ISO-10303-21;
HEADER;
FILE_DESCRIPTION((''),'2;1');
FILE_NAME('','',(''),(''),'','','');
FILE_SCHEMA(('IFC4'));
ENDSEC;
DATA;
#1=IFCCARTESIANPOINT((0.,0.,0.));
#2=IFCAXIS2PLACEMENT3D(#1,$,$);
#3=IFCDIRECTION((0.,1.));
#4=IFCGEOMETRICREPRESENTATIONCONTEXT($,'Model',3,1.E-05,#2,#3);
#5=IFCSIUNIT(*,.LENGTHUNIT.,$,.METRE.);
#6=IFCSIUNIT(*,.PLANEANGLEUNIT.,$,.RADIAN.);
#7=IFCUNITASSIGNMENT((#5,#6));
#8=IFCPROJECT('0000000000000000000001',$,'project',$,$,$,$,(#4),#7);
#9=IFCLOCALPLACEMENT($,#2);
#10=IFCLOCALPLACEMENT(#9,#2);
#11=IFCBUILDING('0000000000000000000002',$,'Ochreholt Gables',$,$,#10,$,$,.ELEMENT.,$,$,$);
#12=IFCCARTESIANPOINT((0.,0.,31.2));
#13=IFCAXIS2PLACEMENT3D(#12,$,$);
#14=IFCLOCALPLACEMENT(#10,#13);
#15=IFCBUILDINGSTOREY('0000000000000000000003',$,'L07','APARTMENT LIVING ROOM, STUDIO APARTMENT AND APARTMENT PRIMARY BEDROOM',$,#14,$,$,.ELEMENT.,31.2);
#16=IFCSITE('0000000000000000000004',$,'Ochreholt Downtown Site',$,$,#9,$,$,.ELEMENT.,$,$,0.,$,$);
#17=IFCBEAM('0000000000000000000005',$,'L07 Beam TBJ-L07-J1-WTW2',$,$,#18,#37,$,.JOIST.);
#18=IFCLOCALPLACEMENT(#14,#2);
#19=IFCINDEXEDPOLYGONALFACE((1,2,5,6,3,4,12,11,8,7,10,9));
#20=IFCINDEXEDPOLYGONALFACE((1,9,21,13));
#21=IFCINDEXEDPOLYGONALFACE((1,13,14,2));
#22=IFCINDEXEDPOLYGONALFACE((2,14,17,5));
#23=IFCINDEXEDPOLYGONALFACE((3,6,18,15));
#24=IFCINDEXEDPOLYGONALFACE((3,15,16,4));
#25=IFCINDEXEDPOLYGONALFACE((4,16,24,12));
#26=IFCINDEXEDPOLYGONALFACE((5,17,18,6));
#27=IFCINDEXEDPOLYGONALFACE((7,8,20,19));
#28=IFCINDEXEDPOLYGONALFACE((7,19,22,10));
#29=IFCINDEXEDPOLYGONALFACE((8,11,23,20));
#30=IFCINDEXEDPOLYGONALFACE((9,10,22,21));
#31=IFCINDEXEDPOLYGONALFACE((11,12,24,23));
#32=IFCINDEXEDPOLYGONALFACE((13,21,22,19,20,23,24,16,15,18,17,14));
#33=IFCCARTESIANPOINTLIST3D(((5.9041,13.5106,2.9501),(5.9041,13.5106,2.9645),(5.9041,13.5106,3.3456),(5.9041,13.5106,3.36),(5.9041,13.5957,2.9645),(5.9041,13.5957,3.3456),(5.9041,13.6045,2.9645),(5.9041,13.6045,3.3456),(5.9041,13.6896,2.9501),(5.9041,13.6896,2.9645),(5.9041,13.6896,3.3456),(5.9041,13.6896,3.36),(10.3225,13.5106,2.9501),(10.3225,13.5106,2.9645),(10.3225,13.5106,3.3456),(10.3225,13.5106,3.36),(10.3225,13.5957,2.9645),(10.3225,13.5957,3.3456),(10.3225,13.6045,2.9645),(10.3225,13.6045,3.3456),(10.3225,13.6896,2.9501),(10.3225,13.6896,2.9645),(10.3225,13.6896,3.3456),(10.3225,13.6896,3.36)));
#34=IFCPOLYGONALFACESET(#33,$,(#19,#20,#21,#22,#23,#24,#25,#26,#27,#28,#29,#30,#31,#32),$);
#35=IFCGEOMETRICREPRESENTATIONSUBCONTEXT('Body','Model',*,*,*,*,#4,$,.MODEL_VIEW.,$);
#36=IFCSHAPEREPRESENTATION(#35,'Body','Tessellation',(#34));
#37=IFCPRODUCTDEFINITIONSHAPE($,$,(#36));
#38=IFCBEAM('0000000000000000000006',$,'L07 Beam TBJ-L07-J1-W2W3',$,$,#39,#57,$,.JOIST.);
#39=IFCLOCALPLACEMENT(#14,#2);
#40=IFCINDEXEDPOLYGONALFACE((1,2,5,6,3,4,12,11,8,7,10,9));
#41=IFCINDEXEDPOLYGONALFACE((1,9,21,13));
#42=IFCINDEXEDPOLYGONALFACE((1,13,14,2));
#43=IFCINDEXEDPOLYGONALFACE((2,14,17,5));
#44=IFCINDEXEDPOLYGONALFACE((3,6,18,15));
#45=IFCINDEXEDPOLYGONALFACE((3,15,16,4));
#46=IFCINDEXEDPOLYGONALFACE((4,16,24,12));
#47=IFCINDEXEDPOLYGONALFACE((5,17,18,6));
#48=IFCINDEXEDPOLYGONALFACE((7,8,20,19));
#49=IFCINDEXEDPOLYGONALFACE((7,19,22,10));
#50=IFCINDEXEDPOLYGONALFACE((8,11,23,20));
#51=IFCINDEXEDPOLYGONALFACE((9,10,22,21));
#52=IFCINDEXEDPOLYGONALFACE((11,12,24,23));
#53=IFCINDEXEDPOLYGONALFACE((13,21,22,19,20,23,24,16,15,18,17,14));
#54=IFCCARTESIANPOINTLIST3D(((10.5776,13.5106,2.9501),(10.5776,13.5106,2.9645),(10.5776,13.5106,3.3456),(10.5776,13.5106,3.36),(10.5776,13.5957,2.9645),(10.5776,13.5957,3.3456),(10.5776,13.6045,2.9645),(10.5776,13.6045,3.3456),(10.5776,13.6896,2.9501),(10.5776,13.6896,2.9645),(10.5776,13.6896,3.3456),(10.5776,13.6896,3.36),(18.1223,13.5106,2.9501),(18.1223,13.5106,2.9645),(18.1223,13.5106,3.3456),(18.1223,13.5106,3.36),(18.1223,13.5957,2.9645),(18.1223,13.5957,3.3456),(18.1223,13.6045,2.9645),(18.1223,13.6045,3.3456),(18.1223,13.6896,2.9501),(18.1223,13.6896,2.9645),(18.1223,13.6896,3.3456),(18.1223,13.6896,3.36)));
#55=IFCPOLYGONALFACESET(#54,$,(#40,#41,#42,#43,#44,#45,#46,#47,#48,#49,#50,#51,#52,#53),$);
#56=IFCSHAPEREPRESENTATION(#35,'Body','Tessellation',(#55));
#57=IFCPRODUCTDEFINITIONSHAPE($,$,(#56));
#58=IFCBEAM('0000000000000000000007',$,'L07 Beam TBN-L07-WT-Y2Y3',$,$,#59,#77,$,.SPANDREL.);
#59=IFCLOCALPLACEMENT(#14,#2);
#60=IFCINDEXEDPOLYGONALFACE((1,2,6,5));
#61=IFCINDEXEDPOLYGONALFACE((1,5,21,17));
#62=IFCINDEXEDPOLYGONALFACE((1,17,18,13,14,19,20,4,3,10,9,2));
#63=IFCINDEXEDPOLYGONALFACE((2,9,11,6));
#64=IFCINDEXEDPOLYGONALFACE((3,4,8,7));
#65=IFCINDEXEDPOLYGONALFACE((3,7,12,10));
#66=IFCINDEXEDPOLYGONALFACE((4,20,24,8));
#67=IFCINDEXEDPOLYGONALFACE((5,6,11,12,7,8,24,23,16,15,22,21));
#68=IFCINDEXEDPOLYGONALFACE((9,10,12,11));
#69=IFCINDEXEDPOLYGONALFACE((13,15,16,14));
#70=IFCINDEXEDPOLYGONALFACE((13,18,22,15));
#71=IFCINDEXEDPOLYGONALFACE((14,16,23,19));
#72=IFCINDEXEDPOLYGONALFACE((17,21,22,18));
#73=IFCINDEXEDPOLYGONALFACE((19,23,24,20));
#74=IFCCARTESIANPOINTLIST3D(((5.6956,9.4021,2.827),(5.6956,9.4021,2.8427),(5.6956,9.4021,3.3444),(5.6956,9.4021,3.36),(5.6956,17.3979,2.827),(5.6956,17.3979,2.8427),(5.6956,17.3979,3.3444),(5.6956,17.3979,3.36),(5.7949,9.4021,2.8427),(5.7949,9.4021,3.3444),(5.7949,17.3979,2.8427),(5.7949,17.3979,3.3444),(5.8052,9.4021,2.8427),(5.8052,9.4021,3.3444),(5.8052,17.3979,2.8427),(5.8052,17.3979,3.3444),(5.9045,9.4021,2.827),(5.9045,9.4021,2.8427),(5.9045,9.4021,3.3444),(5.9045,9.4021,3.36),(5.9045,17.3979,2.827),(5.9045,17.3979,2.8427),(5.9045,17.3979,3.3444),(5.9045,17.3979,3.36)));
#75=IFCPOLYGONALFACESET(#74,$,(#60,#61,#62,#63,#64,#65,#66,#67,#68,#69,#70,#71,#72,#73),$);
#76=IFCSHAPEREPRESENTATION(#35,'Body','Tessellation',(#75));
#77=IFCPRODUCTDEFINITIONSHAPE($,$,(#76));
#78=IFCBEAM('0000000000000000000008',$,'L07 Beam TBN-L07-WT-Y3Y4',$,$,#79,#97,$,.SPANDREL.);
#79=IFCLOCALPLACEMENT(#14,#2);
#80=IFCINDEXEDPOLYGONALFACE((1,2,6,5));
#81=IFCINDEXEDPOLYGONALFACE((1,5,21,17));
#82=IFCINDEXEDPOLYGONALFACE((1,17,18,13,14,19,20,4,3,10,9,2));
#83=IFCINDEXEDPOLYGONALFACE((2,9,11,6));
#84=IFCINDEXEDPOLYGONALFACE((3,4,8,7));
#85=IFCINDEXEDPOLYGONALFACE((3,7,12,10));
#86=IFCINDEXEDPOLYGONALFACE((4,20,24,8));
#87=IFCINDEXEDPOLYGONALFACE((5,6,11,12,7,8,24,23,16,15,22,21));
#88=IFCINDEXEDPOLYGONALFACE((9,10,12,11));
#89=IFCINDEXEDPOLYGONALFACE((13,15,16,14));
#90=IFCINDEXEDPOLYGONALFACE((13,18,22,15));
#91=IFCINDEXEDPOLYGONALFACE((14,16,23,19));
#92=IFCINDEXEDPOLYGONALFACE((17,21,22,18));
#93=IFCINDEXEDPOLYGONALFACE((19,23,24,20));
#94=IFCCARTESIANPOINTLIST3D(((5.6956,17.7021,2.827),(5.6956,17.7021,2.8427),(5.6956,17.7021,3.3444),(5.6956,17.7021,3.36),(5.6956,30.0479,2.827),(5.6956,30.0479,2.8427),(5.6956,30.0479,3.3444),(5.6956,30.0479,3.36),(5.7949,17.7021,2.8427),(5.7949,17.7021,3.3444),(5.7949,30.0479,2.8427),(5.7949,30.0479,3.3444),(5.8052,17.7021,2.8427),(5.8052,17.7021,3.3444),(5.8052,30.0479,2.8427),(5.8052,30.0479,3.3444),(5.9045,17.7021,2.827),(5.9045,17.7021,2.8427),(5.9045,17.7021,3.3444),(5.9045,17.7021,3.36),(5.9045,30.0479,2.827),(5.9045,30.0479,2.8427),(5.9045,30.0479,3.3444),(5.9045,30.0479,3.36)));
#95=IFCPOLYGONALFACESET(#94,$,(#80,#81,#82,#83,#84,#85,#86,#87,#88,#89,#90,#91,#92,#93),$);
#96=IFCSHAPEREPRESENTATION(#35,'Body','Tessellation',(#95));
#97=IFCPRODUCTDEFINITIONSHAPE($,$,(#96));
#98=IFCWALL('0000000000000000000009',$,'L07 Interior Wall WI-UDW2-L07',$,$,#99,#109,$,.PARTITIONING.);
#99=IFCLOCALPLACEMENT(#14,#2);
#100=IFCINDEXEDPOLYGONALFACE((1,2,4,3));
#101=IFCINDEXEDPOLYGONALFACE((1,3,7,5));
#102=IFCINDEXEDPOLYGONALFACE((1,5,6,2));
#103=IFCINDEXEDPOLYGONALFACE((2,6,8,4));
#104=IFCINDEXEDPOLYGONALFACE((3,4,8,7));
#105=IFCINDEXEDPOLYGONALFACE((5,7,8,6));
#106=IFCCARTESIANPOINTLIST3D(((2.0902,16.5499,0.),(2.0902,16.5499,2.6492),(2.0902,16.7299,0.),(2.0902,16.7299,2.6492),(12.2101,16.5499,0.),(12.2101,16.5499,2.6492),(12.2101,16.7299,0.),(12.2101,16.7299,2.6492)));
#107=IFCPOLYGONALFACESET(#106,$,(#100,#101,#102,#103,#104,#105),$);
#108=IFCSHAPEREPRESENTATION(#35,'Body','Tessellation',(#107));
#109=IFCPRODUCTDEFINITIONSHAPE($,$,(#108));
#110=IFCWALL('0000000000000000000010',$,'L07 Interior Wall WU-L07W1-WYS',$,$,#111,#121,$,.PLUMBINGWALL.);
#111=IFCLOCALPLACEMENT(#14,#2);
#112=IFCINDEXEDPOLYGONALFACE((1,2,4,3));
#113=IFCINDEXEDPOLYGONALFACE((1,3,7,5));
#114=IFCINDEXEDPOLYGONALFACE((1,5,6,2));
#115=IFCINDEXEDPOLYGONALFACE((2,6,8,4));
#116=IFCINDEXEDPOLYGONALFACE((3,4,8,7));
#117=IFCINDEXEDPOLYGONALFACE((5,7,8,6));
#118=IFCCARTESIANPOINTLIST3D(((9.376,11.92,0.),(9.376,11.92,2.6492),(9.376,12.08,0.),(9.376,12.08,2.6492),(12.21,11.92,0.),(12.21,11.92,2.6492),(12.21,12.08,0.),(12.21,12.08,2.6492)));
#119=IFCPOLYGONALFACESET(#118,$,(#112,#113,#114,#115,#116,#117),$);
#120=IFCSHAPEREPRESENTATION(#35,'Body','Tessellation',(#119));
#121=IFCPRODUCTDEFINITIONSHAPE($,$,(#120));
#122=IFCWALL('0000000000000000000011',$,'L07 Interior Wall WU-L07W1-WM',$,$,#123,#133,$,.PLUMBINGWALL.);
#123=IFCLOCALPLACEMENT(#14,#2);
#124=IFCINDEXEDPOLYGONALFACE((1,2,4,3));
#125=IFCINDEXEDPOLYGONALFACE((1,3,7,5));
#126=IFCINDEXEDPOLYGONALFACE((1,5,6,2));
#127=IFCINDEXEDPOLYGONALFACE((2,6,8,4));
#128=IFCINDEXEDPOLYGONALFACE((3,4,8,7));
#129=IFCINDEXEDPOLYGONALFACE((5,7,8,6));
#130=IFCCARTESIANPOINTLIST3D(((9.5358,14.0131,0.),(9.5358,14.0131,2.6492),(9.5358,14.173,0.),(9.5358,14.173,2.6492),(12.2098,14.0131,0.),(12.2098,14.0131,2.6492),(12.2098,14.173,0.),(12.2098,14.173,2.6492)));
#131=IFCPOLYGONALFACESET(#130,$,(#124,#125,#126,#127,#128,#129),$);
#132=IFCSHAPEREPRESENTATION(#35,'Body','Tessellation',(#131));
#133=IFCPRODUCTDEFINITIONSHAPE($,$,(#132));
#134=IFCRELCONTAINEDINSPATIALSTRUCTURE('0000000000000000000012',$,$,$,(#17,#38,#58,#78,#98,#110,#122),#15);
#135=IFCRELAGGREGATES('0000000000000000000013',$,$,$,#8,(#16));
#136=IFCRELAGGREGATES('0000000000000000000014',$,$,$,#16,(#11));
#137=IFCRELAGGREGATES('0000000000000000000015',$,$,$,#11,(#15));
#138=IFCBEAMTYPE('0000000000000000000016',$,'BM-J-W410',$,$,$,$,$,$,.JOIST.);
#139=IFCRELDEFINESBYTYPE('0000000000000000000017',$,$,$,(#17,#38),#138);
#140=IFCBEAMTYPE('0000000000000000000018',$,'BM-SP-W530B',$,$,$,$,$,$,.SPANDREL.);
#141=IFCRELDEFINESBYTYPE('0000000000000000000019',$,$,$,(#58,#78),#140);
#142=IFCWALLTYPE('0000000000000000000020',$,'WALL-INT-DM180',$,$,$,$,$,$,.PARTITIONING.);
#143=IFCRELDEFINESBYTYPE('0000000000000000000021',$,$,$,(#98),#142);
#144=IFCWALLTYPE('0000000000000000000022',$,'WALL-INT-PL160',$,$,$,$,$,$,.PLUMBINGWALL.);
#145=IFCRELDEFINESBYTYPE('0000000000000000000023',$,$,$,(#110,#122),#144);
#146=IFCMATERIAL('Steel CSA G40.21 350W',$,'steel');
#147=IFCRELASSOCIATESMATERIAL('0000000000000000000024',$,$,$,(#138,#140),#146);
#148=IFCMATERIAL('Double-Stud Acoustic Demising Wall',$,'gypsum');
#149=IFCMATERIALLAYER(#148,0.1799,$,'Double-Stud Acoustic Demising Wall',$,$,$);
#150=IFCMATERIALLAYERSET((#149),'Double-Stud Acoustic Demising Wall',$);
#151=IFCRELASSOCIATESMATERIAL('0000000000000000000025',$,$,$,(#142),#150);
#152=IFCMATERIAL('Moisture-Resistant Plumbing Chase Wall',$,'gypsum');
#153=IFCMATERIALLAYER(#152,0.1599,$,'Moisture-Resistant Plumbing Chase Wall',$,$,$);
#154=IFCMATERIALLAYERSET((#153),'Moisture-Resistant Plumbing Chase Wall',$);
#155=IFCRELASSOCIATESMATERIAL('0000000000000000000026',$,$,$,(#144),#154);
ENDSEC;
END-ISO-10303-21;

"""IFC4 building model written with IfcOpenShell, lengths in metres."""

from ifc_helpers import new_model, si_unit, direction, frame, frame_2d, origin, origin_2d, place, context, subcontext, project, spatial, rectangle, i_section, extrude, material, layer, layer_set, material_profile, profile_set, type_object, element, save


model = new_model("IFC4")

# Units and contexts
model_context = context("Model", 3, precision=1e-05, world=origin(), true_north=direction((0.0, 1.0)))
body_context = subcontext(model_context, "Body", "Model", "MODEL_VIEW")
ifc_project = project(units=[si_unit("LENGTHUNIT", "METRE"), si_unit("PLANEANGLEUNIT", "RADIAN")], contexts=[model_context])

# Site, building, storey
site_placement = place(None, origin())
site = spatial("IfcSite", under=ifc_project, at=site_placement, Name="Ochreholt Downtown Site", CompositionType="ELEMENT", RefElevation=0.0)
building_placement = place(site_placement, origin())
building = spatial("IfcBuilding", under=site, at=building_placement, Name="Ochreholt Gables", CompositionType="ELEMENT")
storey_placement = place(building_placement, frame((0.0, 0.0, 31.2)))
storey = spatial("IfcBuildingStorey", under=building, at=storey_placement, Name="L07", Description="APARTMENT LIVING ROOM, STUDIO APARTMENT AND APARTMENT PRIMARY BEDROOM", CompositionType="ELEMENT", Elevation=31.2)

# Shared definitions
ifc_material_1 = material(Name="Steel CSA G40.21 350W", Category="steel")

# Beams
ifc_material_profile_1 = material_profile(ifc_material_1, i_section(OverallWidth=0.179, OverallDepth=0.4099, WebThickness=0.0088, FlangeThickness=0.0144, at=origin_2d()), Name="W410X67")
ifc_profile_set_1 = profile_set([ifc_material_profile_1], Name="Steel CSA G40.21 350W")
beam_type_1 = type_object("IfcBeamType", Name="BM-J-W410", PredefinedType="JOIST", material=ifc_profile_set_1)
beam_1_placement = place(storey_placement, frame((5.9041, 13.6001, 3.155), z_axis=(1.0, 0.0, 0.0), x_axis=(0.0, 1.0, 0.0)))
element("IfcBeam", 1, at=beam_1_placement, inside=storey, type_object=beam_type_1, Name="L07 Beam TBJ-L07-J1-WTW2", PredefinedType="JOIST", context=body_context, shape_type="SweptSolid", body=[
    extrude(i_section(OverallWidth=0.179, OverallDepth=0.4099, WebThickness=0.0088, FlangeThickness=0.0144, at=origin_2d()), origin(), (0.0, 0.0, 1.0), 4.4185),
])
beam_2_placement = place(storey_placement, frame((10.5776, 13.6001, 3.155), z_axis=(1.0, 0.0, 0.0), x_axis=(0.0, 1.0, 0.0)))
element("IfcBeam", 2, at=beam_2_placement, inside=storey, type_object=beam_type_1, Name="L07 Beam TBJ-L07-J1-W2W3", PredefinedType="JOIST", context=body_context, shape_type="SweptSolid", body=[
    extrude(i_section(OverallWidth=0.179, OverallDepth=0.4099, WebThickness=0.0088, FlangeThickness=0.0144, at=origin_2d()), origin(), (0.0, 0.0, 1.0), 7.5447),
])
ifc_material_profile_2 = material_profile(ifc_material_1, i_section(OverallWidth=0.209, OverallDepth=0.533, WebThickness=0.0103, FlangeThickness=0.0156, at=origin_2d()), Name="W530X92")
ifc_profile_set_2 = profile_set([ifc_material_profile_2], Name="Steel CSA G40.21 350W")
beam_type_2 = type_object("IfcBeamType", Name="BM-SP-W530B", PredefinedType="SPANDREL", material=ifc_profile_set_2)
beam_3_placement = place(storey_placement, frame((5.8, 9.4021, 3.0935), z_axis=(0.0, 1.0, 0.0), x_axis=(-1.0, 0.0, 0.0)))
element("IfcBeam", 3, at=beam_3_placement, inside=storey, type_object=beam_type_2, Name="L07 Beam TBN-L07-WT-Y2Y3", PredefinedType="SPANDREL", context=body_context, shape_type="SweptSolid", body=[
    extrude(i_section(OverallWidth=0.209, OverallDepth=0.533, WebThickness=0.0103, FlangeThickness=0.0156, at=origin_2d()), origin(), (0.0, 0.0, 1.0), 7.9958),
])
beam_4_placement = place(storey_placement, frame((5.8, 17.7021, 3.0935), z_axis=(0.0, 1.0, 0.0), x_axis=(-1.0, 0.0, 0.0)))
element("IfcBeam", 4, at=beam_4_placement, inside=storey, type_object=beam_type_2, Name="L07 Beam TBN-L07-WT-Y3Y4", PredefinedType="SPANDREL", context=body_context, shape_type="SweptSolid", body=[
    extrude(i_section(OverallWidth=0.209, OverallDepth=0.533, WebThickness=0.0103, FlangeThickness=0.0156, at=origin_2d()), origin(), (0.0, 0.0, 1.0), 12.3457),
])

# Walls
ifc_material_2 = material(Name="Double-Stud Acoustic Demising Wall", Category="gypsum")
ifc_layer_1 = layer(ifc_material_2, 0.1799, Name="Double-Stud Acoustic Demising Wall")
ifc_layer_set_1 = layer_set([ifc_layer_1], Name="Double-Stud Acoustic Demising Wall")
wall_type_1 = type_object("IfcWallType", Name="WALL-INT-DM180", PredefinedType="PARTITIONING", material=ifc_layer_set_1)
wall_1_placement = place(storey_placement, frame((2.0901, 16.6399, 0.0), z_axis=(0.0, 0.0, 1.0), x_axis=(1.0, 0.0, 0.0)))
element("IfcWall", 5, at=wall_1_placement, inside=storey, type_object=wall_type_1, Name="L07 Interior Wall WI-UDW2-L07", PredefinedType="PARTITIONING", context=body_context, shape_type="SweptSolid", body=[
    extrude(rectangle(XDim=10.1199, YDim=0.1799, at=frame_2d((5.0601, 0.0))), origin(), (0.0, 0.0, 1.0), 2.6492),
])
ifc_material_3 = material(Name="Moisture-Resistant Plumbing Chase Wall", Category="gypsum")
ifc_layer_2 = layer(ifc_material_3, 0.1599, Name="Moisture-Resistant Plumbing Chase Wall")
ifc_layer_set_2 = layer_set([ifc_layer_2], Name="Moisture-Resistant Plumbing Chase Wall")
wall_type_2 = type_object("IfcWallType", Name="WALL-INT-PL160", PredefinedType="PLUMBINGWALL", material=ifc_layer_set_2)
wall_2_placement = place(storey_placement, frame((9.376, 12.0, 0.0), z_axis=(0.0, 0.0, 1.0), x_axis=(1.0, 0.0, 0.0)))
element("IfcWall", 6, at=wall_2_placement, inside=storey, type_object=wall_type_2, Name="L07 Interior Wall WU-L07W1-WYS", PredefinedType="PLUMBINGWALL", context=body_context, shape_type="SweptSolid", body=[
    extrude(rectangle(XDim=2.834, YDim=0.1599, at=frame_2d((1.417, 0.0))), origin(), (0.0, 0.0, 1.0), 2.6492),
])

# Wall
wall_3_placement = place(storey_placement, frame((9.5359, 14.093, 0.0), z_axis=(0.0, 0.0, 1.0), x_axis=(1.0, 0.0, 0.0)))
element("IfcWall", 7, at=wall_3_placement, inside=storey, type_object=wall_type_2, Name="L07 Interior Wall WU-L07W1-WM", PredefinedType="PLUMBINGWALL", context=body_context, shape_type="SweptSolid", body=[
    extrude(rectangle(XDim=2.6741, YDim=0.1599, at=frame_2d((1.3369, 0.0))), origin(), (0.0, 0.0, 1.0), 2.6492),
])

save(model, "model.ifc")
